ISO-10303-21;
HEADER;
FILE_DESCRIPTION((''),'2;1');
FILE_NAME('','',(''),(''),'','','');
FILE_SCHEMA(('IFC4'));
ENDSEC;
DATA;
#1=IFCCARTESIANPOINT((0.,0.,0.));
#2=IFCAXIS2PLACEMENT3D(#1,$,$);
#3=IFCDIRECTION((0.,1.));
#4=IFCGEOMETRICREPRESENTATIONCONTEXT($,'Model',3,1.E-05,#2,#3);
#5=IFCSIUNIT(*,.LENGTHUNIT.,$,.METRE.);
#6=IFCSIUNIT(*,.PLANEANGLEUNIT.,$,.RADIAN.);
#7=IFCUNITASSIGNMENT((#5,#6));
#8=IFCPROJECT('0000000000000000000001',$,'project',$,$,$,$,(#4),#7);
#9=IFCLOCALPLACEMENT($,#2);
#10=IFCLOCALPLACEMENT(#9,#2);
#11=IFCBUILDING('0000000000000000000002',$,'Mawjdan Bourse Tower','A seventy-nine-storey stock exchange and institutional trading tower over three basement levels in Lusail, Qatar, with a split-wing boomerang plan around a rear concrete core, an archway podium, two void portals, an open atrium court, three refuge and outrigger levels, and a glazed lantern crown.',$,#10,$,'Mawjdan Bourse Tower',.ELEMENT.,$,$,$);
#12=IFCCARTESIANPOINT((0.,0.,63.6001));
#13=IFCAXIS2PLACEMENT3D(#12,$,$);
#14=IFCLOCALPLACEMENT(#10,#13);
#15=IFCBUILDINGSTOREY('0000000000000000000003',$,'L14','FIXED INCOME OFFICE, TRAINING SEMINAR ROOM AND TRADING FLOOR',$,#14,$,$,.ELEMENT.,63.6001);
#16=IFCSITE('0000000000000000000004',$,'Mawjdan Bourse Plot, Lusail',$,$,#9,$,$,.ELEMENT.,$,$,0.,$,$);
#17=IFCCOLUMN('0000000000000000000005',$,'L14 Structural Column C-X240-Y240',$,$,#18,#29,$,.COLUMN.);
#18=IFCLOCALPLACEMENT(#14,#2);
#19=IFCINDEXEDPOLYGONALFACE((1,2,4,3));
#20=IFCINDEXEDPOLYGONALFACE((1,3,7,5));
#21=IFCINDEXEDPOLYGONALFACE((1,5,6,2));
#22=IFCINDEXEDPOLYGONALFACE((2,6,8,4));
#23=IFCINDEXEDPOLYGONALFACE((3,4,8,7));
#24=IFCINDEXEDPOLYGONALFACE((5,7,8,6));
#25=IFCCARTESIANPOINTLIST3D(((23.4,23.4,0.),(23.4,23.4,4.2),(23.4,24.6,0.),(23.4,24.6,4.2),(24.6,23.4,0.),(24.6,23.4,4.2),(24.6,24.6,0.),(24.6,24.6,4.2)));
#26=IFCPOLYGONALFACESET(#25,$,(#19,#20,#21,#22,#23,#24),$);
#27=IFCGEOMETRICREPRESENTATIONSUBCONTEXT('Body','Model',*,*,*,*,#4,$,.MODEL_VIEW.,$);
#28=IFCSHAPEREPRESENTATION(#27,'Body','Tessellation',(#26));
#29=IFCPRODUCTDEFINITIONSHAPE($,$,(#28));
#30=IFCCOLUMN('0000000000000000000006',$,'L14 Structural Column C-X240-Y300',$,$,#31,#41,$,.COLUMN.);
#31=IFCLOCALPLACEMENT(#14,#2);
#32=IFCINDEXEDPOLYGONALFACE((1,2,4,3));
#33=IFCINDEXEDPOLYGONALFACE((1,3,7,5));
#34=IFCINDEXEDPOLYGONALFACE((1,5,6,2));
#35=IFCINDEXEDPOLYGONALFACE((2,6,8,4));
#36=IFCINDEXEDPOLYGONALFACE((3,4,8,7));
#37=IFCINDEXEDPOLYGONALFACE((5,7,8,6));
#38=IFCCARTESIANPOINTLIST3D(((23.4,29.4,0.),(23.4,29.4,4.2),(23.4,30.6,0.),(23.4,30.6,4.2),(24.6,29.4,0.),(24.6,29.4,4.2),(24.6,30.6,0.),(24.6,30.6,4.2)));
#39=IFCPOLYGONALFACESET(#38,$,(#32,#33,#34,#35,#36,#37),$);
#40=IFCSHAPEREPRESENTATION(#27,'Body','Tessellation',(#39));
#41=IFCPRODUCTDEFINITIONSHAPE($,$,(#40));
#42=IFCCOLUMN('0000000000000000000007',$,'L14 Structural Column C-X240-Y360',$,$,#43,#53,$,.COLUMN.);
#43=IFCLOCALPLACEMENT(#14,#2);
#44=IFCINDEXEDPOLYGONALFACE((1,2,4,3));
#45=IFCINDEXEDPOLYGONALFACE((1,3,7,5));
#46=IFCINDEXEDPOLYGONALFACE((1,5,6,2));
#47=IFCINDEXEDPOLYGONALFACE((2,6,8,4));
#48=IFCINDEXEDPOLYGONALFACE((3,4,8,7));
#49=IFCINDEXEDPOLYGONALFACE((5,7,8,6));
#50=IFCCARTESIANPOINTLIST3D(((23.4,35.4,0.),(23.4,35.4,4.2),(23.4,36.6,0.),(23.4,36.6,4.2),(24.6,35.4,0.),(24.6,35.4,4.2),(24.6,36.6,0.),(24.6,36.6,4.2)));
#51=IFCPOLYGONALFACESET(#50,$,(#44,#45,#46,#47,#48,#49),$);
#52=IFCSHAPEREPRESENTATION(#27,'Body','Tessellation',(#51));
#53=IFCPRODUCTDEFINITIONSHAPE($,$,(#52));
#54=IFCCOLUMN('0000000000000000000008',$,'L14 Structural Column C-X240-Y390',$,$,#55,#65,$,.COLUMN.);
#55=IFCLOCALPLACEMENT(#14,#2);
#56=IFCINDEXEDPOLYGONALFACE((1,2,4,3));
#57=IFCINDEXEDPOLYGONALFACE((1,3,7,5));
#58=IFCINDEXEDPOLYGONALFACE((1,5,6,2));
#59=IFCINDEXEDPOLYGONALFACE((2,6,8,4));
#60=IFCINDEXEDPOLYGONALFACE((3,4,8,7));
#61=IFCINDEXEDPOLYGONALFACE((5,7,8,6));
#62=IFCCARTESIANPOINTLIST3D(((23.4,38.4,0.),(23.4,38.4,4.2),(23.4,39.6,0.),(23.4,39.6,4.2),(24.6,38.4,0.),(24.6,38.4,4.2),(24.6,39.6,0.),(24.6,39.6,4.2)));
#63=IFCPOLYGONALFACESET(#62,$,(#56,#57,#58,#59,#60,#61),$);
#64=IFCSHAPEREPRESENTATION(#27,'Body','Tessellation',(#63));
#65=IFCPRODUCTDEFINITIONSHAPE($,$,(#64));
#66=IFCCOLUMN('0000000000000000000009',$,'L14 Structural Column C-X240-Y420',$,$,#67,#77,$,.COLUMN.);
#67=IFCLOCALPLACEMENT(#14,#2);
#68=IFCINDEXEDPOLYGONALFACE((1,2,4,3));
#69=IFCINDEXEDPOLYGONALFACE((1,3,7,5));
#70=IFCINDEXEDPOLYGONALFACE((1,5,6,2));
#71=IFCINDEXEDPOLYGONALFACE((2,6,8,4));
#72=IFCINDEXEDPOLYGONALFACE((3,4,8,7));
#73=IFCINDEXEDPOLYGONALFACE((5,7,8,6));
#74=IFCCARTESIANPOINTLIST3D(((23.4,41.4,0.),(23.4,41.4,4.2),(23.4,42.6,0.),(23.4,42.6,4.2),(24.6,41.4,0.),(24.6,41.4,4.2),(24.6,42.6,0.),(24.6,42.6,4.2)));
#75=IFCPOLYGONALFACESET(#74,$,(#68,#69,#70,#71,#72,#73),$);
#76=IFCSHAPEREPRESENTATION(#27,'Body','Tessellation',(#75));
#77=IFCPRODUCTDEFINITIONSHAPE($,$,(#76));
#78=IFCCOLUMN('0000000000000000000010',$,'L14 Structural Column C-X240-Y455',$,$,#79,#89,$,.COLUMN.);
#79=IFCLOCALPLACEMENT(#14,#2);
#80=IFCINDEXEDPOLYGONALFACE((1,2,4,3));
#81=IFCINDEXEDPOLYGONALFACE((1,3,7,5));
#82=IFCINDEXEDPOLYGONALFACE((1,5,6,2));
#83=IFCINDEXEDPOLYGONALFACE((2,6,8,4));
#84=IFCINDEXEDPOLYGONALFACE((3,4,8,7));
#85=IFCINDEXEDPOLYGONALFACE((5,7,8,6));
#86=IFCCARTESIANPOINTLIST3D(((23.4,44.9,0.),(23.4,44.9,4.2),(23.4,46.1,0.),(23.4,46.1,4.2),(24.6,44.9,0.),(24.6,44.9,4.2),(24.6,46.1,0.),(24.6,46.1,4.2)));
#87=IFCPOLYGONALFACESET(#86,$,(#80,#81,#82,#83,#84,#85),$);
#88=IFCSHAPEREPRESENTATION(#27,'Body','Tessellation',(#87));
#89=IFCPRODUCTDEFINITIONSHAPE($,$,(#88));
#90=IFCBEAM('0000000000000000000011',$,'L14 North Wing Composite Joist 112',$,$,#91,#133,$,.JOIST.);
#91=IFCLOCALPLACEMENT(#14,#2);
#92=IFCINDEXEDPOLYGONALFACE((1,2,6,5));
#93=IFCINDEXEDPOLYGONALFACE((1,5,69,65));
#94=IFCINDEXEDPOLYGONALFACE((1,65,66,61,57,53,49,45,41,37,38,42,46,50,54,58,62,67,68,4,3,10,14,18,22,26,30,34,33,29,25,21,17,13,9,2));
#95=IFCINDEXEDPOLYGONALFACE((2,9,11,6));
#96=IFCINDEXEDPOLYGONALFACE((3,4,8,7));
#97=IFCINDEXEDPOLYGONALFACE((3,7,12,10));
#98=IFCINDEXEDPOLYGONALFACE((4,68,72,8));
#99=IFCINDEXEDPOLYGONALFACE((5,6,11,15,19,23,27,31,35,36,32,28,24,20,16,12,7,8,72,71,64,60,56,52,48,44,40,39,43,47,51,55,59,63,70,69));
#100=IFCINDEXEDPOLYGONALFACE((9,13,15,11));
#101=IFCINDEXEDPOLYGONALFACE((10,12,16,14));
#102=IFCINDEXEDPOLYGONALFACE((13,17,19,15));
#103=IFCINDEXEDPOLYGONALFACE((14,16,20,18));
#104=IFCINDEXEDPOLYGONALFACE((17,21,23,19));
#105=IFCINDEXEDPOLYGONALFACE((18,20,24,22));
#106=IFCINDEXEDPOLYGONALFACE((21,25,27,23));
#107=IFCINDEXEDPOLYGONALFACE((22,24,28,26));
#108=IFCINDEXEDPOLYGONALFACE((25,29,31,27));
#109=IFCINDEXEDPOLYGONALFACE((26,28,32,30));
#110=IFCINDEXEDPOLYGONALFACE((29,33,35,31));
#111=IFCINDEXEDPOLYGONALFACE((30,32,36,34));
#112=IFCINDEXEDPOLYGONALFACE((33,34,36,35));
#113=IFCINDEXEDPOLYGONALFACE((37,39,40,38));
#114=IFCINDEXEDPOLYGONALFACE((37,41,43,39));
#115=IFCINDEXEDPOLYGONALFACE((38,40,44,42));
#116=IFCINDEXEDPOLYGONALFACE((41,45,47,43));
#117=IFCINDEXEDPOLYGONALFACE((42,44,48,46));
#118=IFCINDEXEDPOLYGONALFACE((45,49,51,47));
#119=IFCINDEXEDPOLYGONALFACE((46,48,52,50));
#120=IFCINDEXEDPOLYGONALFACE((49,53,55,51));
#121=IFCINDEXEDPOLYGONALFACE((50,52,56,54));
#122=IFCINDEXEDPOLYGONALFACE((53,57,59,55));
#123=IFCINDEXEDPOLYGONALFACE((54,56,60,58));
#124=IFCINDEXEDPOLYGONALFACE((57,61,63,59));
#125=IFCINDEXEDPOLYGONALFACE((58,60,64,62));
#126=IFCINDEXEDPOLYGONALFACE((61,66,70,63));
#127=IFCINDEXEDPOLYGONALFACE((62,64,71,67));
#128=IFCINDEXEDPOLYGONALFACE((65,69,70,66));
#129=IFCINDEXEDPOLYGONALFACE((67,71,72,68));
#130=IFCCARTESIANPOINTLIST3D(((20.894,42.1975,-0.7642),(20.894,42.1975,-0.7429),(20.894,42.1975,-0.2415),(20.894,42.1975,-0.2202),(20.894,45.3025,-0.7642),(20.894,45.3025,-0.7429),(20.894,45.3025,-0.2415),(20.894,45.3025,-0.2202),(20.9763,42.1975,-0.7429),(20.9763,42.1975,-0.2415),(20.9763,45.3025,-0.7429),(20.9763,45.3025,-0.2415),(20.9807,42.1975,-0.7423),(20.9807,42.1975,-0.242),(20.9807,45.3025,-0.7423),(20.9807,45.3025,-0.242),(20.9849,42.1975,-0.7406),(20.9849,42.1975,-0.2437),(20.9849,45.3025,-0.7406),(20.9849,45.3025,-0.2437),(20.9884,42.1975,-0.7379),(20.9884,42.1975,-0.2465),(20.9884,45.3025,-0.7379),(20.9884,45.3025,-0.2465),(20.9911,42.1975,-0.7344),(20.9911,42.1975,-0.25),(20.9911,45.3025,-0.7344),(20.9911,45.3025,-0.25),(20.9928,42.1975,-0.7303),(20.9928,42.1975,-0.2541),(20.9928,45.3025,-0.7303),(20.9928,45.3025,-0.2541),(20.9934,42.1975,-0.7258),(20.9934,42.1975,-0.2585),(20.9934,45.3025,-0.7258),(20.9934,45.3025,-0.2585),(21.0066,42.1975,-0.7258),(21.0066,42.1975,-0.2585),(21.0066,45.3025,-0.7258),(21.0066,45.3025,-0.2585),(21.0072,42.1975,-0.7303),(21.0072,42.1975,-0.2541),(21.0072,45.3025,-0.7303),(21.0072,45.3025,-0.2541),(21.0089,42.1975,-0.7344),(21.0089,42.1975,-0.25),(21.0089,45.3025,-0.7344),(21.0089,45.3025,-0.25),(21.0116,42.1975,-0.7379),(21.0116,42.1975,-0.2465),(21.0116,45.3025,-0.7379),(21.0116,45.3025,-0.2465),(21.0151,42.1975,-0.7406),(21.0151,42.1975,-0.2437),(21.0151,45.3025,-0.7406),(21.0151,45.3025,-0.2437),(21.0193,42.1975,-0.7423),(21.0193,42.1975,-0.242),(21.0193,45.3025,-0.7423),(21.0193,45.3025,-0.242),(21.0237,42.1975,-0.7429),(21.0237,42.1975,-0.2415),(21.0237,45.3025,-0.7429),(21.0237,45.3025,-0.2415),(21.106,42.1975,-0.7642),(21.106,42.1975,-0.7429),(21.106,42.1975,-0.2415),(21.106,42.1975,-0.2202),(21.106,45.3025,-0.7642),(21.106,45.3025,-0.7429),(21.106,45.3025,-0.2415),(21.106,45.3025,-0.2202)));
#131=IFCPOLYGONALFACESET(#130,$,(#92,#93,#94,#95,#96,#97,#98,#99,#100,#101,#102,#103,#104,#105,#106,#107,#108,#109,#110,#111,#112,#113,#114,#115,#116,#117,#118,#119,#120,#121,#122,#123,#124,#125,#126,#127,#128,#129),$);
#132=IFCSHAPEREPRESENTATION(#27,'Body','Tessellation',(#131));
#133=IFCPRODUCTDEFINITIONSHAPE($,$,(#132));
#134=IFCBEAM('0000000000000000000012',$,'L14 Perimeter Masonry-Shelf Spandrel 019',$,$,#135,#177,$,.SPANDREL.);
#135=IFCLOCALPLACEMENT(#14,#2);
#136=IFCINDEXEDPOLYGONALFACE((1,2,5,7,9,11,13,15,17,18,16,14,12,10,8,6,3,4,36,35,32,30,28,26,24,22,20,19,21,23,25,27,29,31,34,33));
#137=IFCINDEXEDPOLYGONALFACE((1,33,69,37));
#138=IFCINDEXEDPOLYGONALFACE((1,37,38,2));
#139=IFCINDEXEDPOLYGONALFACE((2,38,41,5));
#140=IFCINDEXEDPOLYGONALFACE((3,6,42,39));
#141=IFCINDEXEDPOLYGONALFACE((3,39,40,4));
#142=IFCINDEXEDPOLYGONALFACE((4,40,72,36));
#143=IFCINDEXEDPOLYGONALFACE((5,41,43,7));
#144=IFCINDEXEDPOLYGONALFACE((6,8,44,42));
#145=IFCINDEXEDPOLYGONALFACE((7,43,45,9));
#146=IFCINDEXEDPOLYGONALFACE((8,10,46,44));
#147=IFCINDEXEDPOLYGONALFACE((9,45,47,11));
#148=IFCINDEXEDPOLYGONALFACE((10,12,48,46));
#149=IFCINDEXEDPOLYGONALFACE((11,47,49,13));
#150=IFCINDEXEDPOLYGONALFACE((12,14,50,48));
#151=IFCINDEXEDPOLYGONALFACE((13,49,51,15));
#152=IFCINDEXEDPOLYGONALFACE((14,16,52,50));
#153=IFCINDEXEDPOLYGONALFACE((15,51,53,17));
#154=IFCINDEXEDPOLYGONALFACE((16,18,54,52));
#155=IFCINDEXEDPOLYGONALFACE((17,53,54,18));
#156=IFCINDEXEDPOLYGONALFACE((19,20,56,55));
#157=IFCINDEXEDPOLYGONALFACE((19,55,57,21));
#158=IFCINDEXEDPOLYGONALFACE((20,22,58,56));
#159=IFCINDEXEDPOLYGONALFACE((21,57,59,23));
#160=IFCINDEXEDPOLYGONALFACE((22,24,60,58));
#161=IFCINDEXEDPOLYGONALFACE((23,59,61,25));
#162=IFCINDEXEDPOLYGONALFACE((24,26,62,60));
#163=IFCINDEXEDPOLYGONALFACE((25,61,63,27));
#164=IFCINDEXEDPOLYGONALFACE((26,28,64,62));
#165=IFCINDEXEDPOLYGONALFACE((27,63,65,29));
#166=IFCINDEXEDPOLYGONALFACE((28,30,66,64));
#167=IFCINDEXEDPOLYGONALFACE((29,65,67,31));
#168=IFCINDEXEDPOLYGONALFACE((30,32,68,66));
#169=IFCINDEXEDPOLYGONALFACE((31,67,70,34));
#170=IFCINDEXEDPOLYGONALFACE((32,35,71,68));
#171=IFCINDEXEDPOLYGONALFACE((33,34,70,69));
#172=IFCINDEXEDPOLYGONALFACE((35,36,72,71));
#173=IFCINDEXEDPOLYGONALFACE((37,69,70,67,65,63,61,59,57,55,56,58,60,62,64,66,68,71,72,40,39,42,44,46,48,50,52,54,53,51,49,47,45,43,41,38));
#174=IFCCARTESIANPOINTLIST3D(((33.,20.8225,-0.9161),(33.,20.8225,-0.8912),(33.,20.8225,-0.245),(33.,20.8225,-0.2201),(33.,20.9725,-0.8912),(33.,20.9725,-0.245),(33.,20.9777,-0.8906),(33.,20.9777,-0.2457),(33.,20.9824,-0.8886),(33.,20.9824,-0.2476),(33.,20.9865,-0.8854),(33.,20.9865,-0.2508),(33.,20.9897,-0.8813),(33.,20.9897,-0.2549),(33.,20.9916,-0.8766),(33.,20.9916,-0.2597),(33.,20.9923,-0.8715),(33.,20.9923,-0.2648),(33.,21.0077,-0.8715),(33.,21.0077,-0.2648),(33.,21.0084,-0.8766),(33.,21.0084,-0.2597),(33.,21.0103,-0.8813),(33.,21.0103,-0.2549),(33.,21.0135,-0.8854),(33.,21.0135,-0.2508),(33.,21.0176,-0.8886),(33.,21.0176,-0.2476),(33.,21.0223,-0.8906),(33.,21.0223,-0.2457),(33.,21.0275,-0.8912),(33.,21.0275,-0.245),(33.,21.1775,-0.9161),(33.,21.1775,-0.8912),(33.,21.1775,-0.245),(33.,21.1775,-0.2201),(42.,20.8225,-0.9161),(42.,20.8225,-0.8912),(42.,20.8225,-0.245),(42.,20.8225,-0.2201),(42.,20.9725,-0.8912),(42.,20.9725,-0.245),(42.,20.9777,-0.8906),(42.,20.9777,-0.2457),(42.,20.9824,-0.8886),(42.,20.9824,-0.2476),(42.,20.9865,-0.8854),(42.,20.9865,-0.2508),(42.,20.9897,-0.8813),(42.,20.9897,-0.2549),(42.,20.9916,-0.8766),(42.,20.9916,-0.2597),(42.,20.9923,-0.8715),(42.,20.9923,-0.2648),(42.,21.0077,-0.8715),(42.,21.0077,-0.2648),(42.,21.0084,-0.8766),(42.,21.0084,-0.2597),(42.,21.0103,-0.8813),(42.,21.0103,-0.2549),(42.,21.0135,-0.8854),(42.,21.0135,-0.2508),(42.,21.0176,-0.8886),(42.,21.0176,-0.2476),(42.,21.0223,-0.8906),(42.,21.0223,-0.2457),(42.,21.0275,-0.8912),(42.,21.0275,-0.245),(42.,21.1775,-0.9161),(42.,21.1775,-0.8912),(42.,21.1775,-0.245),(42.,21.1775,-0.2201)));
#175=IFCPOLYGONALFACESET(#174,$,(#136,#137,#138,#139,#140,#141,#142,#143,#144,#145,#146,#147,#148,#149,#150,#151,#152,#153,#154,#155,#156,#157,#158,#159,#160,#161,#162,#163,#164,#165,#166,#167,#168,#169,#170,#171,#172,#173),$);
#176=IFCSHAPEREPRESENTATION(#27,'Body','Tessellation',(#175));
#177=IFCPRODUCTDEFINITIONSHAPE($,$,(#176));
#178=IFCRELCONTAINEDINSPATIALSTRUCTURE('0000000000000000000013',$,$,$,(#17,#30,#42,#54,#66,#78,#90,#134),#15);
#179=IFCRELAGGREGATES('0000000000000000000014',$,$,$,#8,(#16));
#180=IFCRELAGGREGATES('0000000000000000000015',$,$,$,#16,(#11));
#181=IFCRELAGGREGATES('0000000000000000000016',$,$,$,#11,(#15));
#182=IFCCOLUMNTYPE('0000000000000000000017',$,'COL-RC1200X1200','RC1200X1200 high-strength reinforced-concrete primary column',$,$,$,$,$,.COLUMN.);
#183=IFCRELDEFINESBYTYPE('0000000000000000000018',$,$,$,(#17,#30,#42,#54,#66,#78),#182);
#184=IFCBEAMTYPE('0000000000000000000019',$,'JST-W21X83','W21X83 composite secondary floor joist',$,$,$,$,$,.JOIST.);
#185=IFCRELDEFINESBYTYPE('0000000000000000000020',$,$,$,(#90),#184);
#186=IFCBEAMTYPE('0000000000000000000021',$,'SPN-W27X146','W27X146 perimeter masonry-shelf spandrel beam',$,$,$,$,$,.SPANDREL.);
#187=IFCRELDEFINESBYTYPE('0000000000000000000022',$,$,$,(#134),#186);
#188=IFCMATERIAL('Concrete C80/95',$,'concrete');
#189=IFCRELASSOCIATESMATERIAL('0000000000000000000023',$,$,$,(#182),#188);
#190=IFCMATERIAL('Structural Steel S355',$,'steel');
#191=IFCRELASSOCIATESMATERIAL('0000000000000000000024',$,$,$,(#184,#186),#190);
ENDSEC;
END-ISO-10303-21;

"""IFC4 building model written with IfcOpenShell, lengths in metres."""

from ifc_helpers import new_model, si_unit, direction, frame, origin, origin_2d, place, context, subcontext, project, spatial, rectangle, i_section, extrude, material, material_profile, profile_set, type_object, element, save


model = new_model("IFC4")

# Units and contexts
model_context = context("Model", 3, precision=1e-05, world=origin(), true_north=direction((0.0, 1.0)))
body_context = subcontext(model_context, "Body", "Model", "MODEL_VIEW")
ifc_project = project(units=[si_unit("LENGTHUNIT", "METRE"), si_unit("PLANEANGLEUNIT", "RADIAN")], contexts=[model_context])

# Site, building, storey
site_placement = place(None, origin())
site = spatial("IfcSite", under=ifc_project, at=site_placement, Name="Mawjdan Bourse Plot, Lusail", CompositionType="ELEMENT", RefElevation=0.0)
building_placement = place(site_placement, origin())
building = spatial("IfcBuilding", under=site, at=building_placement, Name="Mawjdan Bourse Tower", Description="A seventy-nine-storey stock exchange and institutional trading tower over three basement levels in Lusail, Qatar, with a split-wing boomerang plan around a rear concrete core, an archway podium, two void portals, an open atrium court, three refuge and outrigger levels, and a glazed lantern crown.", LongName="Mawjdan Bourse Tower", CompositionType="ELEMENT")
storey_placement = place(building_placement, frame((0.0, 0.0, 63.6001)))
storey = spatial("IfcBuildingStorey", under=building, at=storey_placement, Name="L14", Description="FIXED INCOME OFFICE, TRAINING SEMINAR ROOM AND TRADING FLOOR", CompositionType="ELEMENT", Elevation=63.6001)

# Columns
ifc_material_1 = material(Name="Concrete C80/95", Category="concrete")
ifc_material_profile_1 = material_profile(ifc_material_1, rectangle(XDim=1.2, YDim=1.2, at=origin_2d()), Name="RC1200X1200")
ifc_profile_set_1 = profile_set([ifc_material_profile_1], Name="Concrete C80/95")
column_type = type_object("IfcColumnType", Name="COL-RC1200X1200", Description="RC1200X1200 high-strength reinforced-concrete primary column", PredefinedType="COLUMN", material=ifc_profile_set_1)
for number, where, z_axis, x_axis, name in (
    (1, (24.0, 24.0, 0.0), (0.0, 0.0, 1.0), (1.0, 0.0, 0.0), "L14 Structural Column C-X240-Y240"),
    (2, (24.0, 30.0, 0.0), (0.0, 0.0, 1.0), (1.0, 0.0, 0.0), "L14 Structural Column C-X240-Y300"),
    (3, (24.0, 36.0, 0.0), (0.0, 0.0, 1.0), (1.0, 0.0, 0.0), "L14 Structural Column C-X240-Y360"),
    (4, (24.0, 39.0, 0.0), (0.0, 0.0, 1.0), (1.0, 0.0, 0.0), "L14 Structural Column C-X240-Y390"),
    (5, (24.0, 42.0, 0.0), (0.0, 0.0, 1.0), (1.0, 0.0, 0.0), "L14 Structural Column C-X240-Y420"),
    (6, (24.0, 45.5, 0.0), (0.0, 0.0, 1.0), (1.0, 0.0, 0.0), "L14 Structural Column C-X240-Y455"),
):
    element("IfcColumn", number, at=place(storey_placement, frame(where, z_axis=z_axis, x_axis=x_axis)), inside=storey, type_object=column_type, Name=name, PredefinedType="COLUMN", context=body_context, shape_type="SweptSolid", body=[
        extrude(rectangle(XDim=1.2, YDim=1.2, at=origin_2d()), origin(), (0.0, 0.0, 1.0), 4.2),
    ])

# Beams
ifc_material_2 = material(Name="Structural Steel S355", Category="steel")
ifc_material_profile_2 = material_profile(ifc_material_2, i_section(OverallWidth=0.2119, OverallDepth=0.5439, WebThickness=0.0132, FlangeThickness=0.0212, FilletRadius=0.0171, at=origin_2d()), Name="W21X83")
ifc_profile_set_2 = profile_set([ifc_material_profile_2], Name="Structural Steel S355")
beam_type_1 = type_object("IfcBeamType", Name="JST-W21X83", Description="W21X83 composite secondary floor joist", PredefinedType="JOIST", material=ifc_profile_set_2)
beam_1_placement = place(storey_placement, frame((21.0, 42.1975, -0.4922), z_axis=(0.0, 1.0, 0.0), x_axis=(-1.0, 0.0, 0.0)))
element("IfcBeam", 7, at=beam_1_placement, inside=storey, type_object=beam_type_1, Name="L14 North Wing Composite Joist 112", PredefinedType="JOIST", context=body_context, shape_type="SweptSolid", body=[
    extrude(i_section(OverallWidth=0.2119, OverallDepth=0.5439, WebThickness=0.0132, FlangeThickness=0.0212, FilletRadius=0.0171, at=origin_2d()), origin(), (0.0, 0.0, 1.0), 3.105),
])
ifc_material_profile_3 = material_profile(ifc_material_2, i_section(OverallWidth=0.355, OverallDepth=0.696, WebThickness=0.0154, FlangeThickness=0.0249, FilletRadius=0.0198, at=origin_2d()), Name="W27X146")
ifc_profile_set_3 = profile_set([ifc_material_profile_3], Name="Structural Steel S355")
beam_type_2 = type_object("IfcBeamType", Name="SPN-W27X146", Description="W27X146 perimeter masonry-shelf spandrel beam", PredefinedType="SPANDREL", material=ifc_profile_set_3)
beam_2_placement = place(storey_placement, frame((33.0, 21.0, -0.5681), z_axis=(1.0, 0.0, 0.0), x_axis=(0.0, 1.0, 0.0)))
element("IfcBeam", 8, at=beam_2_placement, inside=storey, type_object=beam_type_2, Name="L14 Perimeter Masonry-Shelf Spandrel 019", PredefinedType="SPANDREL", context=body_context, shape_type="SweptSolid", body=[
    extrude(i_section(OverallWidth=0.355, OverallDepth=0.696, WebThickness=0.0154, FlangeThickness=0.0249, FilletRadius=0.0198, at=origin_2d()), origin(), (0.0, 0.0, 1.0), 9.0),
])

save(model, "model.ifc")
